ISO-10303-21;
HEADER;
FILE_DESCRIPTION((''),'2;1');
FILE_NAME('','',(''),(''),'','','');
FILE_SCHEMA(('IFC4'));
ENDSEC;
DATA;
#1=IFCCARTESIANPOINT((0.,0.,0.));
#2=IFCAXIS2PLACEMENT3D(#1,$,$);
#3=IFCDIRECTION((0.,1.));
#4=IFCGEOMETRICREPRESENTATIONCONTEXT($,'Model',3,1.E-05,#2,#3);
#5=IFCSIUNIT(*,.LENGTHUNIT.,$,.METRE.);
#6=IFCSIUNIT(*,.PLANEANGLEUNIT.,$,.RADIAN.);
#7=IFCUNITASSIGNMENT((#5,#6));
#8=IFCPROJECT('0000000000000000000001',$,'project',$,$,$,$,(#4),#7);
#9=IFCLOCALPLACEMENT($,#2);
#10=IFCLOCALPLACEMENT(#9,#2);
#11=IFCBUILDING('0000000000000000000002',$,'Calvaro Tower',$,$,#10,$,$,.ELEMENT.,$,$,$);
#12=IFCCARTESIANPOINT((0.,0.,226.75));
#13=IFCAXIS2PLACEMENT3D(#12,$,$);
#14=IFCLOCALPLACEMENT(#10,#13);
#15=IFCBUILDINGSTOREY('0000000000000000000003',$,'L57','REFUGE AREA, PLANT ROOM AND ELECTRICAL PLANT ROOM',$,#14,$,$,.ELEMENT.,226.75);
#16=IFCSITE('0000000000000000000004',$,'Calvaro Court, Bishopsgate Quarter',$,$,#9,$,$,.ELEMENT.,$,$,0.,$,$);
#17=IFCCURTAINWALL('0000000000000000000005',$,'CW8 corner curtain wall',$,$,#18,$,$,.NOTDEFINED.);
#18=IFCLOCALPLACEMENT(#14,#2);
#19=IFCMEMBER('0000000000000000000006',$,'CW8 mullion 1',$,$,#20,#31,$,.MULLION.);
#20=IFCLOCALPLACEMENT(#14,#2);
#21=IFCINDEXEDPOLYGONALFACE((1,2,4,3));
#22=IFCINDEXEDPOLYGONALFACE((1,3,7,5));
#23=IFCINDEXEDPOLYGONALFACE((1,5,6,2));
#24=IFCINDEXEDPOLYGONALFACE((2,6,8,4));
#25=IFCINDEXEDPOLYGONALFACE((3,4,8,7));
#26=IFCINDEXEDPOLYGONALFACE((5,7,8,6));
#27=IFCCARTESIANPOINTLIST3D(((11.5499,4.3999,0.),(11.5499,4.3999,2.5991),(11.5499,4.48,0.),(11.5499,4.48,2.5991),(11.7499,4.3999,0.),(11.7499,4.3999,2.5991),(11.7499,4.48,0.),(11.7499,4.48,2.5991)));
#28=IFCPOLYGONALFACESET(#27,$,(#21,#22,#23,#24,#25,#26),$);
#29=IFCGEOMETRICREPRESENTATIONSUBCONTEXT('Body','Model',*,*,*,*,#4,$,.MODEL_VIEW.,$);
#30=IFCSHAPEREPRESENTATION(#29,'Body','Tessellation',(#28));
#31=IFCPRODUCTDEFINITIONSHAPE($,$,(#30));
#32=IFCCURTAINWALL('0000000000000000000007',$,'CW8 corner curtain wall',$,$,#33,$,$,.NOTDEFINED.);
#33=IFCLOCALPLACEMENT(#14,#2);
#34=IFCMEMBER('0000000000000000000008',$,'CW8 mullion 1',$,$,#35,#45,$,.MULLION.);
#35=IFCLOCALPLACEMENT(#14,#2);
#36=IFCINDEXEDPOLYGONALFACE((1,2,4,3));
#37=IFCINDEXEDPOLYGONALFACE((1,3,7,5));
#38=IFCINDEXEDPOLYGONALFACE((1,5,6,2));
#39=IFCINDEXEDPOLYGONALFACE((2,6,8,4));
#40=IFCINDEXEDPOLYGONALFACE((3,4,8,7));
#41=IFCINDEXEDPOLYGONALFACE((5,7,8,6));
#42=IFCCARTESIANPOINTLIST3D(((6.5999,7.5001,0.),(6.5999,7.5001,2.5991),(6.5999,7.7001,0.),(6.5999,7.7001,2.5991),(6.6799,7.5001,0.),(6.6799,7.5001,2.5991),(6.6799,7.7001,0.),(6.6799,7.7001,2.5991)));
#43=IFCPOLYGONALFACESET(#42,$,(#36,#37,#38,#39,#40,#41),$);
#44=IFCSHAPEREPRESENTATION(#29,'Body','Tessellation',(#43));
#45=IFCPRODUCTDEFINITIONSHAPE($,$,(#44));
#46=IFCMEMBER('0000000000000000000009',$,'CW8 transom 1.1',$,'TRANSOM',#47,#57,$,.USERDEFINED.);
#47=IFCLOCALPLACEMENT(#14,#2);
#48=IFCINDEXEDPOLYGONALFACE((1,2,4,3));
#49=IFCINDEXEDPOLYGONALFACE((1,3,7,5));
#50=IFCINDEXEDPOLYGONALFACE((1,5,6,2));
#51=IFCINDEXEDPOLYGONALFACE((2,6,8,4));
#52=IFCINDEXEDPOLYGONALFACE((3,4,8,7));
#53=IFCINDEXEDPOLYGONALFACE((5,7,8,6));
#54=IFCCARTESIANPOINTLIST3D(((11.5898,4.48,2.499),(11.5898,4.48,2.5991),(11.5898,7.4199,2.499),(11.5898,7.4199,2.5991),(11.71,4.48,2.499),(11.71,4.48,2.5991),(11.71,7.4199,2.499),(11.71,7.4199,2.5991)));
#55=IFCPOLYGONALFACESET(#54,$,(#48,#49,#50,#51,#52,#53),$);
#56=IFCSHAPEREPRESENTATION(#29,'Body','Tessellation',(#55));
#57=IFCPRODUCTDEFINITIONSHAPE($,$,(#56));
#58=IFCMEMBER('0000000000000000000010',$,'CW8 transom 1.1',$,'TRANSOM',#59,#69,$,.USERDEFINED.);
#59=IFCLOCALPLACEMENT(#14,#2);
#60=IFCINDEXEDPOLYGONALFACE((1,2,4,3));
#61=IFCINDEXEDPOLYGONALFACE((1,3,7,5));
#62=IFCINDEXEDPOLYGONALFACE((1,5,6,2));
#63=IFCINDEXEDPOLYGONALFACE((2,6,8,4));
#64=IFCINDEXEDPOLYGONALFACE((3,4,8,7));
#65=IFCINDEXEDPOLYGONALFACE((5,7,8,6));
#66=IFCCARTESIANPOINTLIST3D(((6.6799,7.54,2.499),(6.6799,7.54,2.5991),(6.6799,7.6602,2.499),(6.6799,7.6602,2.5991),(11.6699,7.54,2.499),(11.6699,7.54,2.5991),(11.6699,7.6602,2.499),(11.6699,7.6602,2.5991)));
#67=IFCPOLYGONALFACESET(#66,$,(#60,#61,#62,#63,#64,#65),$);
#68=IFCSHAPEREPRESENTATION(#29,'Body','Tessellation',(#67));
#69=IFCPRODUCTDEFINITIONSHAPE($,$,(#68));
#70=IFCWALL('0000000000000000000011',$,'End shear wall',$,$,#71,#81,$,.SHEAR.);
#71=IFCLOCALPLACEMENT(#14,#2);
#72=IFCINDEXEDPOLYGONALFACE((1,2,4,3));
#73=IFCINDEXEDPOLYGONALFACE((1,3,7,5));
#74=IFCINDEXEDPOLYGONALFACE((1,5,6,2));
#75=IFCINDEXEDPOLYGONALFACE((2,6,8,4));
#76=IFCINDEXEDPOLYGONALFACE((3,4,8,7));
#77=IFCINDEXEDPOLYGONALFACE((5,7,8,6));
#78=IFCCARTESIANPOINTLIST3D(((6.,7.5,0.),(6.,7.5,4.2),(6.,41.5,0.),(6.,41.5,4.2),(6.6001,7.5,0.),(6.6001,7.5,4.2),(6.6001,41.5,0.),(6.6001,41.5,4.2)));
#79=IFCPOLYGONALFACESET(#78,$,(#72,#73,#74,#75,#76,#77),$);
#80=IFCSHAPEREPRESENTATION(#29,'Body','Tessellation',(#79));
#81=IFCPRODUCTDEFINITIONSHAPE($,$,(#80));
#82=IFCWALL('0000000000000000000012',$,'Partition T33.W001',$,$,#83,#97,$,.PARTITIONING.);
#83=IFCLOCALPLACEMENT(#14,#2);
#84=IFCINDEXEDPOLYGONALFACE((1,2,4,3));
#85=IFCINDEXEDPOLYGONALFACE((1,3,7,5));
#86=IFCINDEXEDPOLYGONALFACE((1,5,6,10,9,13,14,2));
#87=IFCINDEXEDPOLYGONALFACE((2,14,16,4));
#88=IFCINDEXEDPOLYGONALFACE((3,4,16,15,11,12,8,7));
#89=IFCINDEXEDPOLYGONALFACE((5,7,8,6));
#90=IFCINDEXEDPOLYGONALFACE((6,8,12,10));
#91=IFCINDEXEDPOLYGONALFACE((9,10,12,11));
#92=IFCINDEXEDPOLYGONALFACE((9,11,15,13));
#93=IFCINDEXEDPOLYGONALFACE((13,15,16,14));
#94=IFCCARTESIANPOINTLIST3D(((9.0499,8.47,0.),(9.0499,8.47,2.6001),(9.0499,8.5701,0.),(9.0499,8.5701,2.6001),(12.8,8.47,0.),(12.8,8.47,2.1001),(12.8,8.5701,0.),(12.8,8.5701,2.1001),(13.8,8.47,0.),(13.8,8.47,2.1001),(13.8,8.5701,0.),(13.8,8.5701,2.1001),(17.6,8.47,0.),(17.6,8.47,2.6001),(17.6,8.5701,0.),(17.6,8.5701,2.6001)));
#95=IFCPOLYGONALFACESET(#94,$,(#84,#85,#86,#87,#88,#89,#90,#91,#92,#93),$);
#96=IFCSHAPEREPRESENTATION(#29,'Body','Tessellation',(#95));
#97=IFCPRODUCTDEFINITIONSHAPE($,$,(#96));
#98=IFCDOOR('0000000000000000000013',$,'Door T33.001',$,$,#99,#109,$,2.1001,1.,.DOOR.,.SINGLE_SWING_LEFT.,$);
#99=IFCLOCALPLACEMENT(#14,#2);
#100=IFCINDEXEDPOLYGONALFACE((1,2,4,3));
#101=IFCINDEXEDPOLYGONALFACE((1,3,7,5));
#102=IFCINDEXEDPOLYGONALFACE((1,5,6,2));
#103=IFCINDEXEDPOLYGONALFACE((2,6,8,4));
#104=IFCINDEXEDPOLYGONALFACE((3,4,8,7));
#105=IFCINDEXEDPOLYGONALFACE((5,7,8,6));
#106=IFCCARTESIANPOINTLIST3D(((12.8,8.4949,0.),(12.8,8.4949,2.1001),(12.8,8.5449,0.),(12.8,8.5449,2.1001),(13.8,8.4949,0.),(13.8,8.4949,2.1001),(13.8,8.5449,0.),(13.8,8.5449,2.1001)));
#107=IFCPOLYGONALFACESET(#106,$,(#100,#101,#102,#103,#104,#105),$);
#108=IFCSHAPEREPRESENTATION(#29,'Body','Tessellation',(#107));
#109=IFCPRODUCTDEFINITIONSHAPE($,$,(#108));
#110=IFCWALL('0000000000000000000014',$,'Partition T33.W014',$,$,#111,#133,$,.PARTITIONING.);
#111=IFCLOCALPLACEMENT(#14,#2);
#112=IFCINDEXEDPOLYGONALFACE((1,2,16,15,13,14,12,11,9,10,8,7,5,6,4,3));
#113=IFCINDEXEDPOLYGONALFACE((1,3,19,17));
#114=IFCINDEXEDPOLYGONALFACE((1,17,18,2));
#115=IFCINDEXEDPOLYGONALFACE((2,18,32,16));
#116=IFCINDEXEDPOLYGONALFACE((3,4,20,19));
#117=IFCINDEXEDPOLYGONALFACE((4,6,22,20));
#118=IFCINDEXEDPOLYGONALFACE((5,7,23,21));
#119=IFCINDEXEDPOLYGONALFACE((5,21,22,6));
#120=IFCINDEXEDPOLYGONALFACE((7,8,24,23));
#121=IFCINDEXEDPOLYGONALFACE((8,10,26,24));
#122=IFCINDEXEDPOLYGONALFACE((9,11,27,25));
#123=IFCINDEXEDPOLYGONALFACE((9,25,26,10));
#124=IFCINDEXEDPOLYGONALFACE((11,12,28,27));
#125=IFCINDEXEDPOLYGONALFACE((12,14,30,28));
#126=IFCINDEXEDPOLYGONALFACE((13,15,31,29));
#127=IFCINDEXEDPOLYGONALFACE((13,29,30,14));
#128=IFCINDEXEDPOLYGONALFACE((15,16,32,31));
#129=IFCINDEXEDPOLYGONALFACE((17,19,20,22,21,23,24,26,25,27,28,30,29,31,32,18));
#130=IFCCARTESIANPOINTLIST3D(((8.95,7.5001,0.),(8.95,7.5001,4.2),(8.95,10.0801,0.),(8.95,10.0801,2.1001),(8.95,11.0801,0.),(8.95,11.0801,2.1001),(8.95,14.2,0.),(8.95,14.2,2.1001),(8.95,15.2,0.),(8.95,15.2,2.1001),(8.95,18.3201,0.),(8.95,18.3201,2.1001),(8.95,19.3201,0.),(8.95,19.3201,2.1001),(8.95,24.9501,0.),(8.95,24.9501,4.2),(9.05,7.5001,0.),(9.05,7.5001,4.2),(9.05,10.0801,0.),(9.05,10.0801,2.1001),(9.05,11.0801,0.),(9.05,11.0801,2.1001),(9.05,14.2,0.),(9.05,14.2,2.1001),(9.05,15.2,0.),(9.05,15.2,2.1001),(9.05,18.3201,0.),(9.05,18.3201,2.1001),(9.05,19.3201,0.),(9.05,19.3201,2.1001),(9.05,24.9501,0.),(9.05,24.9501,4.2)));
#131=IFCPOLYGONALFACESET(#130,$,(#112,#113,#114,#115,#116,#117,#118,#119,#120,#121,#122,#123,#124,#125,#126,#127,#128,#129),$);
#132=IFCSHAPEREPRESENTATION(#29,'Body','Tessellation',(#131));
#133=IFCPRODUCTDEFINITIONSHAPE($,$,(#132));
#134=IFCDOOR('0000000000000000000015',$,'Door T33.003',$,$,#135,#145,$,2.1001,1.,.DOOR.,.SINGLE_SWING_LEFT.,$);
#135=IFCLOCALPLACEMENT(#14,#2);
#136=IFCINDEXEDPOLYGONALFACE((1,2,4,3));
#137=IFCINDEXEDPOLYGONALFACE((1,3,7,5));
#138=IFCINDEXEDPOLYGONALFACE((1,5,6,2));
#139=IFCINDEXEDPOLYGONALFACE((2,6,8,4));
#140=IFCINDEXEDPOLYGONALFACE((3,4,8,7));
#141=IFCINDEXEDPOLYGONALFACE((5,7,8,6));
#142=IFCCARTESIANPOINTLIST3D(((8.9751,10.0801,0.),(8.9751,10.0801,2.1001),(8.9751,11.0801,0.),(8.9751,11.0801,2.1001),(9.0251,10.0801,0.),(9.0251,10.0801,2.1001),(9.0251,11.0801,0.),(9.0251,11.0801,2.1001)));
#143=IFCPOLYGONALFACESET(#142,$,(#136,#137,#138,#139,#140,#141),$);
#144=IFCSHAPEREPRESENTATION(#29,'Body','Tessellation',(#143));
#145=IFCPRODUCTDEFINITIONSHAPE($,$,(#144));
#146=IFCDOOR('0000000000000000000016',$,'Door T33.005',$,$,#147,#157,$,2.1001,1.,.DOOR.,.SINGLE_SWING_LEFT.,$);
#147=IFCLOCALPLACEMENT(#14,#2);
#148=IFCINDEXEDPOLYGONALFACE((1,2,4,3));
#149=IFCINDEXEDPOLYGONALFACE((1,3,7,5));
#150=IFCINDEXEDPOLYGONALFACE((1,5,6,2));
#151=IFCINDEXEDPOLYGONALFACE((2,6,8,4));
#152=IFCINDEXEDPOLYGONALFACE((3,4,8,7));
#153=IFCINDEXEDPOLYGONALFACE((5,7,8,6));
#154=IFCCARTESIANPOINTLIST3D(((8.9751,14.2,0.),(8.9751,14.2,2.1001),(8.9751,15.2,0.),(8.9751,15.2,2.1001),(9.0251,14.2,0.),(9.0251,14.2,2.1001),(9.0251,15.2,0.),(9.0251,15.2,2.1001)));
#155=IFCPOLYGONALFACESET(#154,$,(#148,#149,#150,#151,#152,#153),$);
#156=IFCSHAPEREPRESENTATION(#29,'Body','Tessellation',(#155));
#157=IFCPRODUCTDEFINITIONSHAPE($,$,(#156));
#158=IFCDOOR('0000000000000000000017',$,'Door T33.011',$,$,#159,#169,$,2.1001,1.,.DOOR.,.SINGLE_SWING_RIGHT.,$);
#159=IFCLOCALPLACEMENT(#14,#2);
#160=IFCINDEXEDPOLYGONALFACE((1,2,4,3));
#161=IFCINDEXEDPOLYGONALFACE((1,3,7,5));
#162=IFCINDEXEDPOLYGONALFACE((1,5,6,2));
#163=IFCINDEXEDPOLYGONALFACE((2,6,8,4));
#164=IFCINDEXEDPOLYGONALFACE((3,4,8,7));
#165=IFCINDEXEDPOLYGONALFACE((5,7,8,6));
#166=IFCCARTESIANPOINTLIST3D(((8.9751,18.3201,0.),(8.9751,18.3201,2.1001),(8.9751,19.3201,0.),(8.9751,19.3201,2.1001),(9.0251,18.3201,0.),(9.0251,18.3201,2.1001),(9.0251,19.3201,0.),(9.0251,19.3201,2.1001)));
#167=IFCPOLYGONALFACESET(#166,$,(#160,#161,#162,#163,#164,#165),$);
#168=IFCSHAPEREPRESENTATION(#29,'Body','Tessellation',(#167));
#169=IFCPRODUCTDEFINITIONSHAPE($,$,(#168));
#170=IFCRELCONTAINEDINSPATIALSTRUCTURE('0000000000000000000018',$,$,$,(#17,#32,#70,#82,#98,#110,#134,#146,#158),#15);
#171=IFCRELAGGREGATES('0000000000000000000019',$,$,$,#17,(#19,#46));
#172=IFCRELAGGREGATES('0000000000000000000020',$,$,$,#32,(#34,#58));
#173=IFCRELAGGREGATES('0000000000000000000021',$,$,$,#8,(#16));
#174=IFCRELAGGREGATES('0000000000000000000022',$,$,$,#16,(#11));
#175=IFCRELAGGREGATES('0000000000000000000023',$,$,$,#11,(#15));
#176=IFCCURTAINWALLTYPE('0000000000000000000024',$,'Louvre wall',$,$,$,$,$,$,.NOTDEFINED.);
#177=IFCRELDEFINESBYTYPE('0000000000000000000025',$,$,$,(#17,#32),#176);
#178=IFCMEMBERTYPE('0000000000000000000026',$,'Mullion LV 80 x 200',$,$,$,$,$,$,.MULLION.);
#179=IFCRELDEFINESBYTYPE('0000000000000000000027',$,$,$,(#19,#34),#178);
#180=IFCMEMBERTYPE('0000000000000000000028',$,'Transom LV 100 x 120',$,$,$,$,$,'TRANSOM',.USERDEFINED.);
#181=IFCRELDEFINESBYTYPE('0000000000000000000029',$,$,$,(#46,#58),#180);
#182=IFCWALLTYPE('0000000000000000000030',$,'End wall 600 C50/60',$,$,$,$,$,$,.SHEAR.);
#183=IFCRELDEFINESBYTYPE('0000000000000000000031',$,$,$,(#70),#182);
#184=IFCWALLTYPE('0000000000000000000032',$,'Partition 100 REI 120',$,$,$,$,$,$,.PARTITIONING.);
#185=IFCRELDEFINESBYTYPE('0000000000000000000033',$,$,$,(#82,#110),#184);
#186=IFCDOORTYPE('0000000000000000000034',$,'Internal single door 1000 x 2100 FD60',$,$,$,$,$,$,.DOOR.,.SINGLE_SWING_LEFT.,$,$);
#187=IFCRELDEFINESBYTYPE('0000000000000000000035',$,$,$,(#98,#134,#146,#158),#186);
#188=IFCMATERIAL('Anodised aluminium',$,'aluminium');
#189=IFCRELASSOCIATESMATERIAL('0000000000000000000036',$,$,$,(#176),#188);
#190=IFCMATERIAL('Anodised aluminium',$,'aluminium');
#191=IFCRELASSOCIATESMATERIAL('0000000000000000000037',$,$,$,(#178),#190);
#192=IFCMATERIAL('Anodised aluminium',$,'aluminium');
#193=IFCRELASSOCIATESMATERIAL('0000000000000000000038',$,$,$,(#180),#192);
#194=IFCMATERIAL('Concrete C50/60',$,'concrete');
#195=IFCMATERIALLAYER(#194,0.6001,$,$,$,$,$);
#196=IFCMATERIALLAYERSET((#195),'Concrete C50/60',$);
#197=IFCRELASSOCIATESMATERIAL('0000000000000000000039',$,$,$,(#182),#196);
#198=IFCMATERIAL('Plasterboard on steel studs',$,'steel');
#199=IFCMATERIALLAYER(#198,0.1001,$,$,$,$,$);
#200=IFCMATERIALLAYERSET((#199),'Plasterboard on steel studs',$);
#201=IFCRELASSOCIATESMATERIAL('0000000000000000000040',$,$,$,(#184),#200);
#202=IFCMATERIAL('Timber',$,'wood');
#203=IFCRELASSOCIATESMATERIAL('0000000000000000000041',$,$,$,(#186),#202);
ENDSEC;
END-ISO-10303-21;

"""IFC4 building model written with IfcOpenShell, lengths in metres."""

from ifc_helpers import new_model, si_unit, direction, frame, frame_2d, origin, origin_2d, place, context, subcontext, project, spatial, rectangle, extrude, material, layer, layer_set, material_profile, profile_set, type_object, element, fill, aggregate, save


model = new_model("IFC4")

# Units and contexts
model_context = context("Model", 3, precision=1e-05, world=origin(), true_north=direction((0.0, 1.0)))
body_context = subcontext(model_context, "Body", "Model", "MODEL_VIEW")
ifc_project = project(units=[si_unit("LENGTHUNIT", "METRE"), si_unit("PLANEANGLEUNIT", "RADIAN")], contexts=[model_context])

# Site, building, storey
site_placement = place(None, origin())
site = spatial("IfcSite", under=ifc_project, at=site_placement, Name="Calvaro Court, Bishopsgate Quarter", CompositionType="ELEMENT", RefElevation=0.0)
building_placement = place(site_placement, origin())
building = spatial("IfcBuilding", under=site, at=building_placement, Name="Calvaro Tower", CompositionType="ELEMENT")
storey_placement = place(building_placement, frame((0.0, 0.0, 226.75)))
storey = spatial("IfcBuildingStorey", under=building, at=storey_placement, Name="L57", Description="REFUGE AREA, PLANT ROOM AND ELECTRICAL PLANT ROOM", CompositionType="ELEMENT", Elevation=226.75)

# Curtain walls, members
ifc_material_1 = material(Name="Anodised aluminium", Category="aluminium")
curtain_wall_type = type_object("IfcCurtainWallType", Name="Louvre wall", PredefinedType="NOTDEFINED", material=ifc_material_1)
curtain_wall_1_placement = place(storey_placement, origin())
curtain_wall_1 = element("IfcCurtainWall", 1, at=curtain_wall_1_placement, inside=storey, type_object=curtain_wall_type, Name="CW8 corner curtain wall", PredefinedType="NOTDEFINED")
ifc_material_2 = material(Name="Anodised aluminium", Category="aluminium")
ifc_material_profile_1 = material_profile(ifc_material_2, rectangle(XDim=0.2, YDim=0.0801, at=origin_2d()), Name="Mullion LV 80 x 200")
ifc_profile_set_1 = profile_set([ifc_material_profile_1], Name="Anodised aluminium")
member_type_1 = type_object("IfcMemberType", Name="Mullion LV 80 x 200", PredefinedType="MULLION", material=ifc_profile_set_1)
member_1_placement = place(storey_placement, frame((11.6499, 4.4399, 0.0), z_axis=(0.0, 0.0, 1.0), x_axis=(-1.0, 0.0, 0.0)))
member_1 = element("IfcMember", 2, at=member_1_placement, type_object=member_type_1, Name="CW8 mullion 1", PredefinedType="MULLION", context=body_context, shape_type="SweptSolid", body=[
    extrude(rectangle(XDim=0.2, YDim=0.0801, at=origin_2d()), origin(), (0.0, 0.0, 1.0), 2.5991),
])
curtain_wall_2_placement = place(storey_placement, origin())
curtain_wall_2 = element("IfcCurtainWall", 3, at=curtain_wall_2_placement, inside=storey, type_object=curtain_wall_type, Name="CW8 corner curtain wall", PredefinedType="NOTDEFINED")
member_2_placement = place(storey_placement, frame((6.6399, 7.6001, 0.0), z_axis=(0.0, 0.0, 1.0), x_axis=(0.0, 1.0, 0.0)))
member_2 = element("IfcMember", 4, at=member_2_placement, type_object=member_type_1, Name="CW8 mullion 1", PredefinedType="MULLION", context=body_context, shape_type="SweptSolid", body=[
    extrude(rectangle(XDim=0.2, YDim=0.0801, at=origin_2d()), origin(), (0.0, 0.0, 1.0), 2.5991),
])

# Members
ifc_material_3 = material(Name="Anodised aluminium", Category="aluminium")
ifc_material_profile_2 = material_profile(ifc_material_3, rectangle(XDim=0.1201, YDim=0.1001, at=origin_2d()), Name="Transom LV 100 x 120")
ifc_profile_set_2 = profile_set([ifc_material_profile_2], Name="Anodised aluminium")
member_type_2 = type_object("IfcMemberType", Name="Transom LV 100 x 120", ElementType="TRANSOM", PredefinedType="USERDEFINED", material=ifc_profile_set_2)
member_3_placement = place(storey_placement, frame((11.6499, 4.48, 2.5491), z_axis=(0.0, 1.0, 0.0), x_axis=(-1.0, 0.0, 0.0)))
member_3 = element("IfcMember", 5, at=member_3_placement, type_object=member_type_2, Name="CW8 transom 1.1", ObjectType="TRANSOM", PredefinedType="USERDEFINED", context=body_context, shape_type="SweptSolid", body=[
    extrude(rectangle(XDim=0.1201, YDim=0.1001, at=origin_2d()), origin(), (0.0, 0.0, 1.0), 2.9399),
])
member_4_placement = place(storey_placement, frame((6.6799, 7.6001, 2.5491), z_axis=(1.0, 0.0, 0.0), x_axis=(0.0, 1.0, 0.0)))
member_4 = element("IfcMember", 6, at=member_4_placement, type_object=member_type_2, Name="CW8 transom 1.1", ObjectType="TRANSOM", PredefinedType="USERDEFINED", context=body_context, shape_type="SweptSolid", body=[
    extrude(rectangle(XDim=0.1201, YDim=0.1001, at=origin_2d()), origin(), (0.0, 0.0, 1.0), 4.99),
])

# Wall
ifc_material_4 = material(Name="Concrete C50/60", Category="concrete")
ifc_layer_1 = layer(ifc_material_4, 0.6001)
ifc_layer_set_1 = layer_set([ifc_layer_1], Name="Concrete C50/60")
wall_type_1 = type_object("IfcWallType", Name="End wall 600 C50/60", PredefinedType="SHEAR", material=ifc_layer_set_1)
wall_1_placement = place(storey_placement, frame((6.3, 7.5, 0.0), z_axis=(0.0, 0.0, 1.0), x_axis=(0.0, 1.0, 0.0)))
element("IfcWall", 7, at=wall_1_placement, inside=storey, type_object=wall_type_1, Name="End shear wall", PredefinedType="SHEAR", context=body_context, shape_type="SweptSolid", body=[
    extrude(rectangle(XDim=34.0, YDim=0.6001, at=frame_2d((17.0, 0.0))), origin(), (0.0, 0.0, 1.0), 4.2),
])

# Wall, opening, door
ifc_material_5 = material(Name="Plasterboard on steel studs", Category="steel")
ifc_layer_2 = layer(ifc_material_5, 0.1001)
ifc_layer_set_2 = layer_set([ifc_layer_2], Name="Plasterboard on steel studs")
wall_type_2 = type_object("IfcWallType", Name="Partition 100 REI 120", PredefinedType="PARTITIONING", material=ifc_layer_set_2)
wall_2_placement = place(storey_placement, frame((9.05, 8.52, 0.0), z_axis=(0.0, 0.0, 1.0), x_axis=(1.0, 0.0, 0.0)))
wall_2 = element("IfcWall", 8, at=wall_2_placement, inside=storey, type_object=wall_type_2, Name="Partition T33.W001", PredefinedType="PARTITIONING", context=body_context, shape_type="SweptSolid", body=[
    extrude(rectangle(XDim=8.55, YDim=0.1001, at=frame_2d((4.2749, 0.0))), origin(), (0.0, 0.0, 1.0), 2.6001),
])
opening_1_placement = place(wall_2_placement, frame((3.75, 0.0, 0.0)))
opening_1 = element("IfcOpeningElement", 9, at=opening_1_placement, cuts=wall_2, PredefinedType="OPENING", context=body_context, shape_type="SweptSolid", body=[
    extrude(rectangle(XDim=1.0, YDim=2.1001, at=frame_2d((0.5, 1.05))), frame((0.0, 0.0601, 0.0), z_axis=(0.0, -1.0, 0.0), x_axis=(1.0, 0.0, 0.0)), (0.0, 0.0, 1.0), 0.1201),
])
ifc_material_6 = material(Name="Timber", Category="wood")
door_type = type_object("IfcDoorType", Name="Internal single door 1000 x 2100 FD60", OperationType="SINGLE_SWING_LEFT", PredefinedType="DOOR", material=ifc_material_6)
door_1_placement = place(opening_1_placement, origin())
door_1 = element("IfcDoor", 10, at=door_1_placement, inside=storey, type_object=door_type, Name="Door T33.001", OperationType="SINGLE_SWING_LEFT", OverallHeight=2.1001, OverallWidth=1.0, PredefinedType="DOOR", context=body_context, shape_type="SweptSolid", body=[
    extrude(rectangle(XDim=1.0, YDim=2.1001, at=frame_2d((0.5, 1.05))), frame((0.0, 0.0249, 0.0), z_axis=(0.0, -1.0, 0.0), x_axis=(1.0, 0.0, 0.0)), (0.0, 0.0, 1.0), 0.05),
])
fill(opening_1, door_1)

# Wall, openings, doors
wall_3_placement = place(storey_placement, frame((9.0, 7.5, 0.0), z_axis=(0.0, 0.0, 1.0), x_axis=(0.0, 1.0, 0.0)))
wall_3 = element("IfcWall", 11, at=wall_3_placement, inside=storey, type_object=wall_type_2, Name="Partition T33.W014", PredefinedType="PARTITIONING", context=body_context, shape_type="SweptSolid", body=[
    extrude(rectangle(XDim=17.45, YDim=0.1001, at=frame_2d((8.7251, 0.0))), origin(), (0.0, 0.0, 1.0), 4.2),
])
opening_2_placement = place(wall_3_placement, frame((2.5801, 0.0, 0.0)))
opening_2 = element("IfcOpeningElement", 12, at=opening_2_placement, cuts=wall_3, PredefinedType="OPENING", context=body_context, shape_type="SweptSolid", body=[
    extrude(rectangle(XDim=1.0, YDim=2.1001, at=frame_2d((0.5, 1.05))), frame((0.0, 0.0601, 0.0), z_axis=(0.0, -1.0, 0.0), x_axis=(1.0, 0.0, 0.0)), (0.0, 0.0, 1.0), 0.1201),
])
opening_3_placement = place(wall_3_placement, frame((6.7, 0.0, 0.0)))
opening_3 = element("IfcOpeningElement", 13, at=opening_3_placement, cuts=wall_3, PredefinedType="OPENING", context=body_context, shape_type="SweptSolid", body=[
    extrude(rectangle(XDim=1.0, YDim=2.1001, at=frame_2d((0.5, 1.05))), frame((0.0, 0.0601, 0.0), z_axis=(0.0, -1.0, 0.0), x_axis=(1.0, 0.0, 0.0)), (0.0, 0.0, 1.0), 0.1201),
])
opening_4_placement = place(wall_3_placement, frame((10.8201, 0.0, 0.0)))
opening_4 = element("IfcOpeningElement", 14, at=opening_4_placement, cuts=wall_3, PredefinedType="OPENING", context=body_context, shape_type="SweptSolid", body=[
    extrude(rectangle(XDim=1.0, YDim=2.1001, at=frame_2d((0.5, 1.05))), frame((0.0, 0.0601, 0.0), z_axis=(0.0, -1.0, 0.0), x_axis=(1.0, 0.0, 0.0)), (0.0, 0.0, 1.0), 0.1201),
])
door_2_placement = place(opening_2_placement, origin())
door_2 = element("IfcDoor", 15, at=door_2_placement, inside=storey, type_object=door_type, Name="Door T33.003", OperationType="SINGLE_SWING_LEFT", OverallHeight=2.1001, OverallWidth=1.0, PredefinedType="DOOR", context=body_context, shape_type="SweptSolid", body=[
    extrude(rectangle(XDim=1.0, YDim=2.1001, at=frame_2d((0.5, 1.05))), frame((0.0, 0.0249, 0.0), z_axis=(0.0, -1.0, 0.0), x_axis=(1.0, 0.0, 0.0)), (0.0, 0.0, 1.0), 0.05),
])
fill(opening_2, door_2)
door_3_placement = place(opening_3_placement, origin())
door_3 = element("IfcDoor", 16, at=door_3_placement, inside=storey, type_object=door_type, Name="Door T33.005", OperationType="SINGLE_SWING_LEFT", OverallHeight=2.1001, OverallWidth=1.0, PredefinedType="DOOR", context=body_context, shape_type="SweptSolid", body=[
    extrude(rectangle(XDim=1.0, YDim=2.1001, at=frame_2d((0.5, 1.05))), frame((0.0, 0.0249, 0.0), z_axis=(0.0, -1.0, 0.0), x_axis=(1.0, 0.0, 0.0)), (0.0, 0.0, 1.0), 0.05),
])
fill(opening_3, door_3)
door_4_placement = place(opening_4_placement, origin())
door_4 = element("IfcDoor", 17, at=door_4_placement, inside=storey, type_object=door_type, Name="Door T33.011", OperationType="SINGLE_SWING_RIGHT", OverallHeight=2.1001, OverallWidth=1.0, PredefinedType="DOOR", context=body_context, shape_type="SweptSolid", body=[
    extrude(rectangle(XDim=1.0, YDim=2.1001, at=frame_2d((0.5, 1.05))), frame((0.0, 0.0249, 0.0), z_axis=(0.0, -1.0, 0.0), x_axis=(1.0, 0.0, 0.0)), (0.0, 0.0, 1.0), 0.05),
])
fill(opening_4, door_4)

aggregate(curtain_wall_1, [member_1, member_3])
aggregate(curtain_wall_2, [member_2, member_4])

save(model, "model.ifc")
